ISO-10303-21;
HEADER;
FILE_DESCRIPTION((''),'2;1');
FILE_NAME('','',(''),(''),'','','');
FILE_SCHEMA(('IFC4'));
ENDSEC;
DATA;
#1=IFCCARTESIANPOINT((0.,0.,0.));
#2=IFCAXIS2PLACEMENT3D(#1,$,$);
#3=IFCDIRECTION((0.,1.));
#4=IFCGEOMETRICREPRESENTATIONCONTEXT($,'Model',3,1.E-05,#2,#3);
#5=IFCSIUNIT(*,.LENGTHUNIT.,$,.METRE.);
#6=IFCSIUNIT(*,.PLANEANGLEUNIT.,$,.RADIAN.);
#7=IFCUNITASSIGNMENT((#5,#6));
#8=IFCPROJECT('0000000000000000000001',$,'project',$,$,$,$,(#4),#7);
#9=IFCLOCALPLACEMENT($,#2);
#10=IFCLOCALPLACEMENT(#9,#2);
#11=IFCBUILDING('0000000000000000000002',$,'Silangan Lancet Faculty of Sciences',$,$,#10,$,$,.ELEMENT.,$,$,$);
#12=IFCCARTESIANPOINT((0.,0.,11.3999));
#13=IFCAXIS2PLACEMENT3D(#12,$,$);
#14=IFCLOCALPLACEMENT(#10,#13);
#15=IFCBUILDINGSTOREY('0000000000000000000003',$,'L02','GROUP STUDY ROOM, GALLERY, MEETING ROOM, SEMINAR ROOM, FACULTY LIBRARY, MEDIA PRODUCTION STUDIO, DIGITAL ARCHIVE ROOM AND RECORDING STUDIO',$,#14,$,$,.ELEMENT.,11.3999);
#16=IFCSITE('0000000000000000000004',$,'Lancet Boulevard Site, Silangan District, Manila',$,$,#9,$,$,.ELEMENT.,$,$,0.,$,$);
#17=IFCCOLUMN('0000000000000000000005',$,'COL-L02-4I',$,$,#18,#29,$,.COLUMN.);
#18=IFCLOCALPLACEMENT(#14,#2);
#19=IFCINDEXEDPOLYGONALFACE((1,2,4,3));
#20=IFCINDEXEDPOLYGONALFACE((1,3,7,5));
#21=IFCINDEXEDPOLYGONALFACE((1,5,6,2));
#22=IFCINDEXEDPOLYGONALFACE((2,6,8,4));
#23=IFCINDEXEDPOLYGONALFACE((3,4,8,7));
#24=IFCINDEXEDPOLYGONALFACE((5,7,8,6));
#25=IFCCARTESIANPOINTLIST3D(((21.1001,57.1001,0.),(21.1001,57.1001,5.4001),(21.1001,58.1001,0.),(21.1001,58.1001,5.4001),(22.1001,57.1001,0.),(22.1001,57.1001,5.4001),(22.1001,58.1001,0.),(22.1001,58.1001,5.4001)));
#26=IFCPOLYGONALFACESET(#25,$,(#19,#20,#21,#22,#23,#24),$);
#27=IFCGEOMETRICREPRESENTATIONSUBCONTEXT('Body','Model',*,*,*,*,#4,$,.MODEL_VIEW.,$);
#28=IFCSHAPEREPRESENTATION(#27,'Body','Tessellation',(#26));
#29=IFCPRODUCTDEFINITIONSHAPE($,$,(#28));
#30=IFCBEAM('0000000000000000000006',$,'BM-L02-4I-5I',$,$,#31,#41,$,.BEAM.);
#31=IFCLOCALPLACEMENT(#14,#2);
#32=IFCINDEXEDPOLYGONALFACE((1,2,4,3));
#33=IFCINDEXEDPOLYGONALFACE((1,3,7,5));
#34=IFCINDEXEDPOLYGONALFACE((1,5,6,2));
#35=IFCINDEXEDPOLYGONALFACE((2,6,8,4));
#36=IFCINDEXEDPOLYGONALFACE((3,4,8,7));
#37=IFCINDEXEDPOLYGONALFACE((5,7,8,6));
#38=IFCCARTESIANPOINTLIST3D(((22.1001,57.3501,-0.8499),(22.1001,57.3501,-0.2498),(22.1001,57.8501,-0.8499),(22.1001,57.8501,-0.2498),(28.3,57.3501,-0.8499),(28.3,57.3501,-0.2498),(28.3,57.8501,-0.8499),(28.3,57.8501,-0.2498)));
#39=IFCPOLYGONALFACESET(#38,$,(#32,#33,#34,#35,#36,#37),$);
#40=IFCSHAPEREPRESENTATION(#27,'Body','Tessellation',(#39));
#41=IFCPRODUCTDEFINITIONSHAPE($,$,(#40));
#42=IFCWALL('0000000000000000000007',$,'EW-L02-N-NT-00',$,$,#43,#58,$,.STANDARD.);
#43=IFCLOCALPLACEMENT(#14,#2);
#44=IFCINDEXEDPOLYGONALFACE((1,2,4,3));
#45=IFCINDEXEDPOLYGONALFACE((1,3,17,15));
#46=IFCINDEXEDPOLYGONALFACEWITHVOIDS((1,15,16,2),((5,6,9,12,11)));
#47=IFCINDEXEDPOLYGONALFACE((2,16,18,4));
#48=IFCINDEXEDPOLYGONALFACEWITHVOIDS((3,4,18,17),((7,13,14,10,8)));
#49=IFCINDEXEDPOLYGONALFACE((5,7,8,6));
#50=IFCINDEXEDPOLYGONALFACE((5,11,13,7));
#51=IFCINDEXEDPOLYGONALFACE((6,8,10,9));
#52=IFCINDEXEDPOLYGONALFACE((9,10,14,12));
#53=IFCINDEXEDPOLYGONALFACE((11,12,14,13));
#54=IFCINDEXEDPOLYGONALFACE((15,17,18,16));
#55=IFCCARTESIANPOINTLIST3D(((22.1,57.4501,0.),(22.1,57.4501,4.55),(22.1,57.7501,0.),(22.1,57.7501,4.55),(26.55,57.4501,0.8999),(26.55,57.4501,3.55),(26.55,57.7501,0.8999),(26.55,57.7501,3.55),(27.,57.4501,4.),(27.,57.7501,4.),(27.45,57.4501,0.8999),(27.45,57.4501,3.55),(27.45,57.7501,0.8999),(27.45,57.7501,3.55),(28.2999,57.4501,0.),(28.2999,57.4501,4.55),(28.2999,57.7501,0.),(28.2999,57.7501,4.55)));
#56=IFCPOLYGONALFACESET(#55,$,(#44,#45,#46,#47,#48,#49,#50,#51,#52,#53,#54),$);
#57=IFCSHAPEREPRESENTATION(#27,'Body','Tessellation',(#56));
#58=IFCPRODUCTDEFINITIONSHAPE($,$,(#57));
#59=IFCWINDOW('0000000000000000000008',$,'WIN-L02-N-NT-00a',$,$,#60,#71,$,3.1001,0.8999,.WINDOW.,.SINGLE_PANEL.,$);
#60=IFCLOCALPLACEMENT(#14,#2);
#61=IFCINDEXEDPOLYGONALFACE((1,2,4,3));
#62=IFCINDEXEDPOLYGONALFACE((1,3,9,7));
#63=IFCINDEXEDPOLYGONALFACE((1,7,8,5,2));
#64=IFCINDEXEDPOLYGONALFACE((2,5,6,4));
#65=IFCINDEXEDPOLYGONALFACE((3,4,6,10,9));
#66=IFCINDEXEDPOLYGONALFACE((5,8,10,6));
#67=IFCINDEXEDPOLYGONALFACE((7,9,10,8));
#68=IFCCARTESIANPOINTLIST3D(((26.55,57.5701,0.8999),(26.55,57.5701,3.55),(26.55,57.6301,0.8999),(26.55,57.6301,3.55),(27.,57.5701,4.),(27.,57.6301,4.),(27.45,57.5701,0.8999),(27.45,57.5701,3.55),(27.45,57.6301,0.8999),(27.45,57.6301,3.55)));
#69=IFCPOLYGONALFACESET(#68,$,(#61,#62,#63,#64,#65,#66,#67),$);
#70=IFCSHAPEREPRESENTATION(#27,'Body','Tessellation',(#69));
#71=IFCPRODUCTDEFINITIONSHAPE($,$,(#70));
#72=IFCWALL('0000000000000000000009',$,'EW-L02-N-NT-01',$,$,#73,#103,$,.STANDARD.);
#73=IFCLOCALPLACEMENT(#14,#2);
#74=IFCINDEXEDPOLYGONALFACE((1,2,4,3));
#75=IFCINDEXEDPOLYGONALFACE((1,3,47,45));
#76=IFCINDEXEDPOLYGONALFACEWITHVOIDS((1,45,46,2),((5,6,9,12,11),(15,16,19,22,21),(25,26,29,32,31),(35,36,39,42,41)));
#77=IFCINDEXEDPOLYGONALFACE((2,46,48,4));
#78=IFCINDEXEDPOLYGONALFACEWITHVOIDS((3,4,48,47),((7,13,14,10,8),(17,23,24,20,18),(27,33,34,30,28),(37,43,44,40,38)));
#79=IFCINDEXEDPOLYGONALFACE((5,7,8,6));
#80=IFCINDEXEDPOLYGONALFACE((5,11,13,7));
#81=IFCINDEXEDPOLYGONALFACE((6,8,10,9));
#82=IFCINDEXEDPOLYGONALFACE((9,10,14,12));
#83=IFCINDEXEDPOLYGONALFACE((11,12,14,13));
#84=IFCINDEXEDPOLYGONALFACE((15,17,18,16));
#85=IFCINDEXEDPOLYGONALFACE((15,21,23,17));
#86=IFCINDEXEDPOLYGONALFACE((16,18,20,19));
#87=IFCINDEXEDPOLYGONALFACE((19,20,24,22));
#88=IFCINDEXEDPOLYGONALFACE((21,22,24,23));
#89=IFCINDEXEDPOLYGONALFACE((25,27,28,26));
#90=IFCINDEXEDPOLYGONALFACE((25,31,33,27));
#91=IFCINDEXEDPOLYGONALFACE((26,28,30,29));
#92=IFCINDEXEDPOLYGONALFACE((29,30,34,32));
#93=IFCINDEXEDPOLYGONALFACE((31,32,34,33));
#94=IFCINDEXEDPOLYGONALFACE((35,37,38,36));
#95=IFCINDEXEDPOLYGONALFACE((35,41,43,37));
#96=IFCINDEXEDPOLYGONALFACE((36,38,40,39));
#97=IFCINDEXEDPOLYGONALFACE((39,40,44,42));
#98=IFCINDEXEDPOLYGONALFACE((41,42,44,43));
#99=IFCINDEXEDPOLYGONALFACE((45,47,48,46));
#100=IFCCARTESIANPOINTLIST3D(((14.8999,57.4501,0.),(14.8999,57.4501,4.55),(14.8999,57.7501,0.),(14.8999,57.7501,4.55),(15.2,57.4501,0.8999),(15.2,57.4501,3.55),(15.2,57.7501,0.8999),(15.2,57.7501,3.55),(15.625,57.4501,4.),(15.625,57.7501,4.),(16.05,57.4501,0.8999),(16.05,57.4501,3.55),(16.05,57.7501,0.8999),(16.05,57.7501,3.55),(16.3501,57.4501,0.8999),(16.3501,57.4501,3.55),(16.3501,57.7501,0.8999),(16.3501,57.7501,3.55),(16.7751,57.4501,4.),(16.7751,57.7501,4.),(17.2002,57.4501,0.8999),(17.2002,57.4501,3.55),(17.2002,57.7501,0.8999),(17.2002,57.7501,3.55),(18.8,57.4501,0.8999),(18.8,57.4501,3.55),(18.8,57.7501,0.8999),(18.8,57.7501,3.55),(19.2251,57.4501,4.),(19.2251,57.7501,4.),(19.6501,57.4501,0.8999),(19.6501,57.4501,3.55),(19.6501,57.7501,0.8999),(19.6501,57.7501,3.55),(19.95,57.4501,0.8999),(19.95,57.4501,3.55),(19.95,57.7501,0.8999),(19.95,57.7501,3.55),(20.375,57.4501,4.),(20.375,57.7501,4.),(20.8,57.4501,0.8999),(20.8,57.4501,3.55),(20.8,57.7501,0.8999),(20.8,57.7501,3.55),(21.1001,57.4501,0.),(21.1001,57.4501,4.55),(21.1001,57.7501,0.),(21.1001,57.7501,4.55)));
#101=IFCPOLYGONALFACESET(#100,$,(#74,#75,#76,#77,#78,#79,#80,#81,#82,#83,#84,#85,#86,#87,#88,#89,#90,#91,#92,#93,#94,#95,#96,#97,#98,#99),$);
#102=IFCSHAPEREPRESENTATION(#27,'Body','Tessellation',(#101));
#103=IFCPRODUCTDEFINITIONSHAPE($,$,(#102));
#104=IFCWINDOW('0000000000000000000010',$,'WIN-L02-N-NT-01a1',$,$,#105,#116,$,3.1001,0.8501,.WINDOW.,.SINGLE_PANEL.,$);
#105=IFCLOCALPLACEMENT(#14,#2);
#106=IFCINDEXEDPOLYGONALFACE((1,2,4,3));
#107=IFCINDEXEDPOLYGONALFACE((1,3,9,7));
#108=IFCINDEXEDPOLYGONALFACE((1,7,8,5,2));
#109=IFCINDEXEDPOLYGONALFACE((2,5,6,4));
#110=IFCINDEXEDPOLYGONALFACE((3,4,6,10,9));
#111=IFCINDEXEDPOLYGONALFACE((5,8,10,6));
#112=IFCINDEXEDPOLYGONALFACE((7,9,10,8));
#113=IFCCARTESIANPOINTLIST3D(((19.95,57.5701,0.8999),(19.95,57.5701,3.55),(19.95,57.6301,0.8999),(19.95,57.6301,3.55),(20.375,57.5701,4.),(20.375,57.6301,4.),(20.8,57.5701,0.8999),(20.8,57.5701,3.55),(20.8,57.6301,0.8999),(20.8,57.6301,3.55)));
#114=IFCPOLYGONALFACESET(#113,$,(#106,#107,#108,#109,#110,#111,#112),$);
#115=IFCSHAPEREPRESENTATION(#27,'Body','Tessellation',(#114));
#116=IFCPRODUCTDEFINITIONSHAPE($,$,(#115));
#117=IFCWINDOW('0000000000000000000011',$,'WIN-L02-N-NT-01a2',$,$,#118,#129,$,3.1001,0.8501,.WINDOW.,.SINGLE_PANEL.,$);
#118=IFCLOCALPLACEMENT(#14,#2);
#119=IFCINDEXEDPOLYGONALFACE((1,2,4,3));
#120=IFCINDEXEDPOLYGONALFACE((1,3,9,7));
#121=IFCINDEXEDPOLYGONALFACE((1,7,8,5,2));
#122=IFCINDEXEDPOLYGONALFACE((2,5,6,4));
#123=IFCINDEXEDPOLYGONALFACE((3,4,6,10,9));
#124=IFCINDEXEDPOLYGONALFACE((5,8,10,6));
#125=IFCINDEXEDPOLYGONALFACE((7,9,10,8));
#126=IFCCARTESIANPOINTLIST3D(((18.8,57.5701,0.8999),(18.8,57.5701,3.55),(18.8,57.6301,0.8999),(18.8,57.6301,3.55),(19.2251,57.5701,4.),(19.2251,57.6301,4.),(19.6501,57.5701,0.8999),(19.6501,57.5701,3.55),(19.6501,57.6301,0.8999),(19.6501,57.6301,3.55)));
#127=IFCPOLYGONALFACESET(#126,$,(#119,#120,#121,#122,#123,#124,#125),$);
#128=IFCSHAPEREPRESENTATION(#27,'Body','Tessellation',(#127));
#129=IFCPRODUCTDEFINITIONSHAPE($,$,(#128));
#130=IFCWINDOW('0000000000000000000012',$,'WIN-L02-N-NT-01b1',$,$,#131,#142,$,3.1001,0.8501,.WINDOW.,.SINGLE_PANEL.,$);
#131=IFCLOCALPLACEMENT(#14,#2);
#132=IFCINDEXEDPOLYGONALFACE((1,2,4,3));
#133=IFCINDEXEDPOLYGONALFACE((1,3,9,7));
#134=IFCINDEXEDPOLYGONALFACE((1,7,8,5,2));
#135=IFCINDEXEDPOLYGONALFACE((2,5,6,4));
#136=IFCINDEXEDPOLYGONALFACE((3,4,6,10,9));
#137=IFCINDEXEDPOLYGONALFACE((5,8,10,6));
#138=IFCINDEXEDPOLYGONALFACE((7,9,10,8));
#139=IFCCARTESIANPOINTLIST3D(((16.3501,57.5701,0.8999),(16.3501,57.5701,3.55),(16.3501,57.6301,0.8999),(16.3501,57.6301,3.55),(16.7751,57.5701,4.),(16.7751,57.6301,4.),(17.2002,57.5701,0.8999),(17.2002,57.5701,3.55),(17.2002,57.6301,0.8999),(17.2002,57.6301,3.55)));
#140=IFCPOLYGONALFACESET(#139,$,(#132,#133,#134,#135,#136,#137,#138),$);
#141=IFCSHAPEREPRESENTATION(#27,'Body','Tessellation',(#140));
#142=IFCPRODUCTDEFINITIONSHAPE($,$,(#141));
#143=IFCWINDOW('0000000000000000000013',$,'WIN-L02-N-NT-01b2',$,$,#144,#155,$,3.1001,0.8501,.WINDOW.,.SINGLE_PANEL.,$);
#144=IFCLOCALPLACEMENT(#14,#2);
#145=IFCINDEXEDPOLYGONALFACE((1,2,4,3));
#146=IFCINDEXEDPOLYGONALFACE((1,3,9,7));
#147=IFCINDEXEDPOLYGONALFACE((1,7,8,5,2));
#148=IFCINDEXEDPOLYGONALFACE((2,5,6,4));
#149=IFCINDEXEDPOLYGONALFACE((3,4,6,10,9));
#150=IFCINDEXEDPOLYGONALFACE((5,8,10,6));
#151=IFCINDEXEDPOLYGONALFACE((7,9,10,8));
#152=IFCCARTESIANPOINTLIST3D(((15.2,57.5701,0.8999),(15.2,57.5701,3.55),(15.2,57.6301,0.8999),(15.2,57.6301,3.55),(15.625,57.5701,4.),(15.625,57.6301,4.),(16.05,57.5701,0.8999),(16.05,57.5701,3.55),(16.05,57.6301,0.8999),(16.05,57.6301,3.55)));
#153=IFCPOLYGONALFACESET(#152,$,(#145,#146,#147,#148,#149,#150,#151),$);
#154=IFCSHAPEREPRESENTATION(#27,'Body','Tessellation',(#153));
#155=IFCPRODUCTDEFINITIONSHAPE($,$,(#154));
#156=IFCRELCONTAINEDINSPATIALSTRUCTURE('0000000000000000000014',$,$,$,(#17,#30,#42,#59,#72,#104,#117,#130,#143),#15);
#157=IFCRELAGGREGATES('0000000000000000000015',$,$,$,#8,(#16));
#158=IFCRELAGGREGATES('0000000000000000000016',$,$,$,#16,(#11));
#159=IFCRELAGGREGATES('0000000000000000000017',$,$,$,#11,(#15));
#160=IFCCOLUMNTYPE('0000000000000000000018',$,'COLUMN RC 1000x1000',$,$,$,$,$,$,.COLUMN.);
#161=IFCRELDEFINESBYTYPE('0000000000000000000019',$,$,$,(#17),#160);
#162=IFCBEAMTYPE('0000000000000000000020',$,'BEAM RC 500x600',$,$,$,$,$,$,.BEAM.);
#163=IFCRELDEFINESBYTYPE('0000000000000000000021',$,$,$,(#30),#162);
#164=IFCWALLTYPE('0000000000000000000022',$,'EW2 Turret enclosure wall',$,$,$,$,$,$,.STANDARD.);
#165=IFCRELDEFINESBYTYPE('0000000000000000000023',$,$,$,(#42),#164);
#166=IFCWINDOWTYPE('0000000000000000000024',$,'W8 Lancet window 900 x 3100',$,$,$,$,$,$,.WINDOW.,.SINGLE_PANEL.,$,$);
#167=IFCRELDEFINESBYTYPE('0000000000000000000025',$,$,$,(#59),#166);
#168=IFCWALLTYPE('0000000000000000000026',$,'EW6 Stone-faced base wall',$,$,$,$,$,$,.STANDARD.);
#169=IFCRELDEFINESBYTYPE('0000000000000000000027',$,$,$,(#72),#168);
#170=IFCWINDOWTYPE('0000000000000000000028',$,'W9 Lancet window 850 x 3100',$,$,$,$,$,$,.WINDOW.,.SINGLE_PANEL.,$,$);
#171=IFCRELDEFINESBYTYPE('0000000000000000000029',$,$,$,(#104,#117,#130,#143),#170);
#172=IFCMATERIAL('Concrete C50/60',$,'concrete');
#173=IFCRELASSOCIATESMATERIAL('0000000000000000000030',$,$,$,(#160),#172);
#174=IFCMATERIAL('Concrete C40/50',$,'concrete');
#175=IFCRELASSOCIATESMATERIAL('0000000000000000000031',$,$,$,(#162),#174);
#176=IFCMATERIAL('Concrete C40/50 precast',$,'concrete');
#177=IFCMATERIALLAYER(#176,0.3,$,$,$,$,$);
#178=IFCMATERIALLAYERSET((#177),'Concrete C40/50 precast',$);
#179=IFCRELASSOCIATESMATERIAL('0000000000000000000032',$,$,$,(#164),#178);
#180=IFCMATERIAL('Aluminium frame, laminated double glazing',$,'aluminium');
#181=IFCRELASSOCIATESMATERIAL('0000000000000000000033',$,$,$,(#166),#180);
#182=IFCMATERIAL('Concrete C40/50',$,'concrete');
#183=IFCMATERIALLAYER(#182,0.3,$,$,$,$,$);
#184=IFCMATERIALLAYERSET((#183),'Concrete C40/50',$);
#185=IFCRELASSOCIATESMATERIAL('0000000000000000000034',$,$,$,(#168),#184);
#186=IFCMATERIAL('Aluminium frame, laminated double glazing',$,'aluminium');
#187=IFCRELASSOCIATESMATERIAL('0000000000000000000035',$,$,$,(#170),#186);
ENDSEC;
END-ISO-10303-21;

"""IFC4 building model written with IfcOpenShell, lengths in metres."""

from ifc_helpers import new_model, si_unit, direction, frame, frame_2d, origin, origin_2d, place, context, subcontext, project, spatial, polyline, rectangle, outline, extrude, material, layer, layer_set, material_profile, profile_set, type_object, element, fill, save


model = new_model("IFC4")

# Units and contexts
model_context = context("Model", 3, precision=1e-05, world=origin(), true_north=direction((0.0, 1.0)))
body_context = subcontext(model_context, "Body", "Model", "MODEL_VIEW")
ifc_project = project(units=[si_unit("LENGTHUNIT", "METRE"), si_unit("PLANEANGLEUNIT", "RADIAN")], contexts=[model_context])

# Site, building, storey
site_placement = place(None, origin())
site = spatial("IfcSite", under=ifc_project, at=site_placement, Name="Lancet Boulevard Site, Silangan District, Manila", CompositionType="ELEMENT", RefElevation=0.0)
building_placement = place(site_placement, origin())
building = spatial("IfcBuilding", under=site, at=building_placement, Name="Silangan Lancet Faculty of Sciences", CompositionType="ELEMENT")
storey_placement = place(building_placement, frame((0.0, 0.0, 11.3999)))
storey = spatial("IfcBuildingStorey", under=building, at=storey_placement, Name="L02", Description="GROUP STUDY ROOM, GALLERY, MEETING ROOM, SEMINAR ROOM, FACULTY LIBRARY, MEDIA PRODUCTION STUDIO, DIGITAL ARCHIVE ROOM AND RECORDING STUDIO", CompositionType="ELEMENT", Elevation=11.3999)

# Column
ifc_material_1 = material(Name="Concrete C50/60", Category="concrete")
ifc_material_profile_1 = material_profile(ifc_material_1, rectangle(XDim=1.0, YDim=1.0, at=origin_2d()), Name="RC 1000x1000")
ifc_profile_set_1 = profile_set([ifc_material_profile_1], Name="Concrete C50/60")
column_type = type_object("IfcColumnType", Name="COLUMN RC 1000x1000", PredefinedType="COLUMN", material=ifc_profile_set_1)
column_placement = place(storey_placement, frame((21.6001, 57.6001, 0.0), z_axis=(0.0, 0.0, 1.0), x_axis=(1.0, 0.0, 0.0)))
element("IfcColumn", 1, at=column_placement, inside=storey, type_object=column_type, Name="COL-L02-4I", PredefinedType="COLUMN", context=body_context, shape_type="SweptSolid", body=[
    extrude(rectangle(XDim=1.0, YDim=1.0, at=origin_2d()), origin(), (0.0, 0.0, 1.0), 5.4001),
])

# Beam
ifc_material_2 = material(Name="Concrete C40/50", Category="concrete")
ifc_material_profile_2 = material_profile(ifc_material_2, rectangle(XDim=0.5, YDim=0.6001, at=origin_2d()), Name="RC 500x600")
ifc_profile_set_2 = profile_set([ifc_material_profile_2], Name="Concrete C40/50")
beam_type = type_object("IfcBeamType", Name="BEAM RC 500x600", PredefinedType="BEAM", material=ifc_profile_set_2)
beam_placement = place(storey_placement, frame((22.1001, 57.6001, -0.5498), z_axis=(1.0, 0.0, 0.0), x_axis=(0.0, 1.0, 0.0)))
element("IfcBeam", 2, at=beam_placement, inside=storey, type_object=beam_type, Name="BM-L02-4I-5I", PredefinedType="BEAM", context=body_context, shape_type="SweptSolid", body=[
    extrude(rectangle(XDim=0.5, YDim=0.6001, at=origin_2d()), origin(), (0.0, 0.0, 1.0), 6.2),
])

# Wall, opening, window
ifc_material_3 = material(Name="Concrete C40/50 precast", Category="concrete")
ifc_layer_1 = layer(ifc_material_3, 0.3)
ifc_layer_set_1 = layer_set([ifc_layer_1], Name="Concrete C40/50 precast")
wall_type_1 = type_object("IfcWallType", Name="EW2 Turret enclosure wall", PredefinedType="STANDARD", material=ifc_layer_set_1)
wall_1_placement = place(storey_placement, frame((28.3, 57.6001, 0.0), z_axis=(0.0, 0.0, 1.0), x_axis=(-1.0, 0.0, 0.0)))
wall_1 = element("IfcWall", 3, at=wall_1_placement, inside=storey, type_object=wall_type_1, Name="EW-L02-N-NT-00", PredefinedType="STANDARD", context=body_context, shape_type="SweptSolid", body=[
    extrude(rectangle(XDim=6.2, YDim=0.3, at=frame_2d((3.1001, 0.0))), origin(), (0.0, 0.0, 1.0), 4.55),
])
opening_1_placement = place(wall_1_placement, frame((0.8501, 0.0, 0.8999)))
opening_1 = element("IfcOpeningElement", 4, at=opening_1_placement, cuts=wall_1, PredefinedType="OPENING", context=body_context, shape_type="SweptSolid", body=[
    extrude(outline(polyline([(0.0, 0.0), (0.8999, 0.0), (0.8999, 2.6501), (0.45, 3.1001), (0.0, 2.6501), (0.0, 0.0)])), frame((0.0, 0.1599, 0.0), z_axis=(0.0, -1.0, 0.0), x_axis=(1.0, 0.0, 0.0)), (0.0, 0.0, 1.0), 0.3201),
])
ifc_material_4 = material(Name="Aluminium frame, laminated double glazing", Category="aluminium")
window_type_1 = type_object("IfcWindowType", Name="W8 Lancet window 900 x 3100", PartitioningType="SINGLE_PANEL", PredefinedType="WINDOW", material=ifc_material_4)
window_1_placement = place(opening_1_placement, origin())
window_1 = element("IfcWindow", 5, at=window_1_placement, inside=storey, type_object=window_type_1, Name="WIN-L02-N-NT-00a", OverallHeight=3.1001, OverallWidth=0.8999, PartitioningType="SINGLE_PANEL", PredefinedType="WINDOW", context=body_context, shape_type="SweptSolid", body=[
    extrude(outline(polyline([(0.0, 0.0), (0.8999, 0.0), (0.8999, 2.6501), (0.45, 3.1001), (0.0, 2.6501), (0.0, 0.0)])), frame((0.0, 0.03, 0.0), z_axis=(0.0, -1.0, 0.0), x_axis=(1.0, 0.0, 0.0)), (0.0, 0.0, 1.0), 0.0601),
])
fill(opening_1, window_1)

# Wall, openings, windows
ifc_material_5 = material(Name="Concrete C40/50", Category="concrete")
ifc_layer_2 = layer(ifc_material_5, 0.3)
ifc_layer_set_2 = layer_set([ifc_layer_2], Name="Concrete C40/50")
wall_type_2 = type_object("IfcWallType", Name="EW6 Stone-faced base wall", PredefinedType="STANDARD", material=ifc_layer_set_2)
wall_2_placement = place(storey_placement, frame((21.1001, 57.6001, 0.0), z_axis=(0.0, 0.0, 1.0), x_axis=(-1.0, 0.0, 0.0)))
wall_2 = element("IfcWall", 6, at=wall_2_placement, inside=storey, type_object=wall_type_2, Name="EW-L02-N-NT-01", PredefinedType="STANDARD", context=body_context, shape_type="SweptSolid", body=[
    extrude(rectangle(XDim=6.2002, YDim=0.3, at=frame_2d((3.1001, 0.0))), origin(), (0.0, 0.0, 1.0), 4.55),
])
opening_2_placement = place(wall_2_placement, frame((0.3, 0.0, 0.8999)))
opening_2 = element("IfcOpeningElement", 7, at=opening_2_placement, cuts=wall_2, PredefinedType="OPENING", context=body_context, shape_type="SweptSolid", body=[
    extrude(outline(polyline([(0.0, 0.0), (0.8501, 0.0), (0.8501, 2.6501), (0.425, 3.1001), (0.0, 2.6501), (0.0, 0.0)])), frame((0.0, 0.1599, 0.0), z_axis=(0.0, -1.0, 0.0), x_axis=(1.0, 0.0, 0.0)), (0.0, 0.0, 1.0), 0.3201),
])
opening_3_placement = place(wall_2_placement, frame((1.45, 0.0, 0.8999)))
opening_3 = element("IfcOpeningElement", 8, at=opening_3_placement, cuts=wall_2, PredefinedType="OPENING", context=body_context, shape_type="SweptSolid", body=[
    extrude(outline(polyline([(0.0, 0.0), (0.8501, 0.0), (0.8501, 2.6501), (0.425, 3.1001), (0.0, 2.6501), (0.0, 0.0)])), frame((0.0, 0.1599, 0.0), z_axis=(0.0, -1.0, 0.0), x_axis=(1.0, 0.0, 0.0)), (0.0, 0.0, 1.0), 0.3201),
])
opening_4_placement = place(wall_2_placement, frame((3.8999, 0.0, 0.8999)))
opening_4 = element("IfcOpeningElement", 9, at=opening_4_placement, cuts=wall_2, PredefinedType="OPENING", context=body_context, shape_type="SweptSolid", body=[
    extrude(outline(polyline([(0.0, 0.0), (0.8501, 0.0), (0.8501, 2.6501), (0.425, 3.1001), (0.0, 2.6501), (0.0, 0.0)])), frame((0.0, 0.1599, 0.0), z_axis=(0.0, -1.0, 0.0), x_axis=(1.0, 0.0, 0.0)), (0.0, 0.0, 1.0), 0.3201),
])
opening_5_placement = place(wall_2_placement, frame((5.05, 0.0, 0.8999)))
opening_5 = element("IfcOpeningElement", 10, at=opening_5_placement, cuts=wall_2, PredefinedType="OPENING", context=body_context, shape_type="SweptSolid", body=[
    extrude(outline(polyline([(0.0, 0.0), (0.8501, 0.0), (0.8501, 2.6501), (0.425, 3.1001), (0.0, 2.6501), (0.0, 0.0)])), frame((0.0, 0.1599, 0.0), z_axis=(0.0, -1.0, 0.0), x_axis=(1.0, 0.0, 0.0)), (0.0, 0.0, 1.0), 0.3201),
])
ifc_material_6 = material(Name="Aluminium frame, laminated double glazing", Category="aluminium")
window_type_2 = type_object("IfcWindowType", Name="W9 Lancet window 850 x 3100", PartitioningType="SINGLE_PANEL", PredefinedType="WINDOW", material=ifc_material_6)
window_2_placement = place(opening_2_placement, origin())
window_2 = element("IfcWindow", 11, at=window_2_placement, inside=storey, type_object=window_type_2, Name="WIN-L02-N-NT-01a1", OverallHeight=3.1001, OverallWidth=0.8501, PartitioningType="SINGLE_PANEL", PredefinedType="WINDOW", context=body_context, shape_type="SweptSolid", body=[
    extrude(outline(polyline([(0.0, 0.0), (0.8501, 0.0), (0.8501, 2.6501), (0.425, 3.1001), (0.0, 2.6501), (0.0, 0.0)])), frame((0.0, 0.03, 0.0), z_axis=(0.0, -1.0, 0.0), x_axis=(1.0, 0.0, 0.0)), (0.0, 0.0, 1.0), 0.0601),
])
fill(opening_2, window_2)
window_3_placement = place(opening_3_placement, origin())
window_3 = element("IfcWindow", 12, at=window_3_placement, inside=storey, type_object=window_type_2, Name="WIN-L02-N-NT-01a2", OverallHeight=3.1001, OverallWidth=0.8501, PartitioningType="SINGLE_PANEL", PredefinedType="WINDOW", context=body_context, shape_type="SweptSolid", body=[
    extrude(outline(polyline([(0.0, 0.0), (0.8501, 0.0), (0.8501, 2.6501), (0.425, 3.1001), (0.0, 2.6501), (0.0, 0.0)])), frame((0.0, 0.03, 0.0), z_axis=(0.0, -1.0, 0.0), x_axis=(1.0, 0.0, 0.0)), (0.0, 0.0, 1.0), 0.0601),
])
fill(opening_3, window_3)
window_4_placement = place(opening_4_placement, origin())
window_4 = element("IfcWindow", 13, at=window_4_placement, inside=storey, type_object=window_type_2, Name="WIN-L02-N-NT-01b1", OverallHeight=3.1001, OverallWidth=0.8501, PartitioningType="SINGLE_PANEL", PredefinedType="WINDOW", context=body_context, shape_type="SweptSolid", body=[
    extrude(outline(polyline([(0.0, 0.0), (0.8501, 0.0), (0.8501, 2.6501), (0.425, 3.1001), (0.0, 2.6501), (0.0, 0.0)])), frame((0.0, 0.03, 0.0), z_axis=(0.0, -1.0, 0.0), x_axis=(1.0, 0.0, 0.0)), (0.0, 0.0, 1.0), 0.0601),
])
fill(opening_4, window_4)
window_5_placement = place(opening_5_placement, origin())
window_5 = element("IfcWindow", 14, at=window_5_placement, inside=storey, type_object=window_type_2, Name="WIN-L02-N-NT-01b2", OverallHeight=3.1001, OverallWidth=0.8501, PartitioningType="SINGLE_PANEL", PredefinedType="WINDOW", context=body_context, shape_type="SweptSolid", body=[
    extrude(outline(polyline([(0.0, 0.0), (0.8501, 0.0), (0.8501, 2.6501), (0.425, 3.1001), (0.0, 2.6501), (0.0, 0.0)])), frame((0.0, 0.03, 0.0), z_axis=(0.0, -1.0, 0.0), x_axis=(1.0, 0.0, 0.0)), (0.0, 0.0, 1.0), 0.0601),
])
fill(opening_5, window_5)

save(model, "model.ifc")
